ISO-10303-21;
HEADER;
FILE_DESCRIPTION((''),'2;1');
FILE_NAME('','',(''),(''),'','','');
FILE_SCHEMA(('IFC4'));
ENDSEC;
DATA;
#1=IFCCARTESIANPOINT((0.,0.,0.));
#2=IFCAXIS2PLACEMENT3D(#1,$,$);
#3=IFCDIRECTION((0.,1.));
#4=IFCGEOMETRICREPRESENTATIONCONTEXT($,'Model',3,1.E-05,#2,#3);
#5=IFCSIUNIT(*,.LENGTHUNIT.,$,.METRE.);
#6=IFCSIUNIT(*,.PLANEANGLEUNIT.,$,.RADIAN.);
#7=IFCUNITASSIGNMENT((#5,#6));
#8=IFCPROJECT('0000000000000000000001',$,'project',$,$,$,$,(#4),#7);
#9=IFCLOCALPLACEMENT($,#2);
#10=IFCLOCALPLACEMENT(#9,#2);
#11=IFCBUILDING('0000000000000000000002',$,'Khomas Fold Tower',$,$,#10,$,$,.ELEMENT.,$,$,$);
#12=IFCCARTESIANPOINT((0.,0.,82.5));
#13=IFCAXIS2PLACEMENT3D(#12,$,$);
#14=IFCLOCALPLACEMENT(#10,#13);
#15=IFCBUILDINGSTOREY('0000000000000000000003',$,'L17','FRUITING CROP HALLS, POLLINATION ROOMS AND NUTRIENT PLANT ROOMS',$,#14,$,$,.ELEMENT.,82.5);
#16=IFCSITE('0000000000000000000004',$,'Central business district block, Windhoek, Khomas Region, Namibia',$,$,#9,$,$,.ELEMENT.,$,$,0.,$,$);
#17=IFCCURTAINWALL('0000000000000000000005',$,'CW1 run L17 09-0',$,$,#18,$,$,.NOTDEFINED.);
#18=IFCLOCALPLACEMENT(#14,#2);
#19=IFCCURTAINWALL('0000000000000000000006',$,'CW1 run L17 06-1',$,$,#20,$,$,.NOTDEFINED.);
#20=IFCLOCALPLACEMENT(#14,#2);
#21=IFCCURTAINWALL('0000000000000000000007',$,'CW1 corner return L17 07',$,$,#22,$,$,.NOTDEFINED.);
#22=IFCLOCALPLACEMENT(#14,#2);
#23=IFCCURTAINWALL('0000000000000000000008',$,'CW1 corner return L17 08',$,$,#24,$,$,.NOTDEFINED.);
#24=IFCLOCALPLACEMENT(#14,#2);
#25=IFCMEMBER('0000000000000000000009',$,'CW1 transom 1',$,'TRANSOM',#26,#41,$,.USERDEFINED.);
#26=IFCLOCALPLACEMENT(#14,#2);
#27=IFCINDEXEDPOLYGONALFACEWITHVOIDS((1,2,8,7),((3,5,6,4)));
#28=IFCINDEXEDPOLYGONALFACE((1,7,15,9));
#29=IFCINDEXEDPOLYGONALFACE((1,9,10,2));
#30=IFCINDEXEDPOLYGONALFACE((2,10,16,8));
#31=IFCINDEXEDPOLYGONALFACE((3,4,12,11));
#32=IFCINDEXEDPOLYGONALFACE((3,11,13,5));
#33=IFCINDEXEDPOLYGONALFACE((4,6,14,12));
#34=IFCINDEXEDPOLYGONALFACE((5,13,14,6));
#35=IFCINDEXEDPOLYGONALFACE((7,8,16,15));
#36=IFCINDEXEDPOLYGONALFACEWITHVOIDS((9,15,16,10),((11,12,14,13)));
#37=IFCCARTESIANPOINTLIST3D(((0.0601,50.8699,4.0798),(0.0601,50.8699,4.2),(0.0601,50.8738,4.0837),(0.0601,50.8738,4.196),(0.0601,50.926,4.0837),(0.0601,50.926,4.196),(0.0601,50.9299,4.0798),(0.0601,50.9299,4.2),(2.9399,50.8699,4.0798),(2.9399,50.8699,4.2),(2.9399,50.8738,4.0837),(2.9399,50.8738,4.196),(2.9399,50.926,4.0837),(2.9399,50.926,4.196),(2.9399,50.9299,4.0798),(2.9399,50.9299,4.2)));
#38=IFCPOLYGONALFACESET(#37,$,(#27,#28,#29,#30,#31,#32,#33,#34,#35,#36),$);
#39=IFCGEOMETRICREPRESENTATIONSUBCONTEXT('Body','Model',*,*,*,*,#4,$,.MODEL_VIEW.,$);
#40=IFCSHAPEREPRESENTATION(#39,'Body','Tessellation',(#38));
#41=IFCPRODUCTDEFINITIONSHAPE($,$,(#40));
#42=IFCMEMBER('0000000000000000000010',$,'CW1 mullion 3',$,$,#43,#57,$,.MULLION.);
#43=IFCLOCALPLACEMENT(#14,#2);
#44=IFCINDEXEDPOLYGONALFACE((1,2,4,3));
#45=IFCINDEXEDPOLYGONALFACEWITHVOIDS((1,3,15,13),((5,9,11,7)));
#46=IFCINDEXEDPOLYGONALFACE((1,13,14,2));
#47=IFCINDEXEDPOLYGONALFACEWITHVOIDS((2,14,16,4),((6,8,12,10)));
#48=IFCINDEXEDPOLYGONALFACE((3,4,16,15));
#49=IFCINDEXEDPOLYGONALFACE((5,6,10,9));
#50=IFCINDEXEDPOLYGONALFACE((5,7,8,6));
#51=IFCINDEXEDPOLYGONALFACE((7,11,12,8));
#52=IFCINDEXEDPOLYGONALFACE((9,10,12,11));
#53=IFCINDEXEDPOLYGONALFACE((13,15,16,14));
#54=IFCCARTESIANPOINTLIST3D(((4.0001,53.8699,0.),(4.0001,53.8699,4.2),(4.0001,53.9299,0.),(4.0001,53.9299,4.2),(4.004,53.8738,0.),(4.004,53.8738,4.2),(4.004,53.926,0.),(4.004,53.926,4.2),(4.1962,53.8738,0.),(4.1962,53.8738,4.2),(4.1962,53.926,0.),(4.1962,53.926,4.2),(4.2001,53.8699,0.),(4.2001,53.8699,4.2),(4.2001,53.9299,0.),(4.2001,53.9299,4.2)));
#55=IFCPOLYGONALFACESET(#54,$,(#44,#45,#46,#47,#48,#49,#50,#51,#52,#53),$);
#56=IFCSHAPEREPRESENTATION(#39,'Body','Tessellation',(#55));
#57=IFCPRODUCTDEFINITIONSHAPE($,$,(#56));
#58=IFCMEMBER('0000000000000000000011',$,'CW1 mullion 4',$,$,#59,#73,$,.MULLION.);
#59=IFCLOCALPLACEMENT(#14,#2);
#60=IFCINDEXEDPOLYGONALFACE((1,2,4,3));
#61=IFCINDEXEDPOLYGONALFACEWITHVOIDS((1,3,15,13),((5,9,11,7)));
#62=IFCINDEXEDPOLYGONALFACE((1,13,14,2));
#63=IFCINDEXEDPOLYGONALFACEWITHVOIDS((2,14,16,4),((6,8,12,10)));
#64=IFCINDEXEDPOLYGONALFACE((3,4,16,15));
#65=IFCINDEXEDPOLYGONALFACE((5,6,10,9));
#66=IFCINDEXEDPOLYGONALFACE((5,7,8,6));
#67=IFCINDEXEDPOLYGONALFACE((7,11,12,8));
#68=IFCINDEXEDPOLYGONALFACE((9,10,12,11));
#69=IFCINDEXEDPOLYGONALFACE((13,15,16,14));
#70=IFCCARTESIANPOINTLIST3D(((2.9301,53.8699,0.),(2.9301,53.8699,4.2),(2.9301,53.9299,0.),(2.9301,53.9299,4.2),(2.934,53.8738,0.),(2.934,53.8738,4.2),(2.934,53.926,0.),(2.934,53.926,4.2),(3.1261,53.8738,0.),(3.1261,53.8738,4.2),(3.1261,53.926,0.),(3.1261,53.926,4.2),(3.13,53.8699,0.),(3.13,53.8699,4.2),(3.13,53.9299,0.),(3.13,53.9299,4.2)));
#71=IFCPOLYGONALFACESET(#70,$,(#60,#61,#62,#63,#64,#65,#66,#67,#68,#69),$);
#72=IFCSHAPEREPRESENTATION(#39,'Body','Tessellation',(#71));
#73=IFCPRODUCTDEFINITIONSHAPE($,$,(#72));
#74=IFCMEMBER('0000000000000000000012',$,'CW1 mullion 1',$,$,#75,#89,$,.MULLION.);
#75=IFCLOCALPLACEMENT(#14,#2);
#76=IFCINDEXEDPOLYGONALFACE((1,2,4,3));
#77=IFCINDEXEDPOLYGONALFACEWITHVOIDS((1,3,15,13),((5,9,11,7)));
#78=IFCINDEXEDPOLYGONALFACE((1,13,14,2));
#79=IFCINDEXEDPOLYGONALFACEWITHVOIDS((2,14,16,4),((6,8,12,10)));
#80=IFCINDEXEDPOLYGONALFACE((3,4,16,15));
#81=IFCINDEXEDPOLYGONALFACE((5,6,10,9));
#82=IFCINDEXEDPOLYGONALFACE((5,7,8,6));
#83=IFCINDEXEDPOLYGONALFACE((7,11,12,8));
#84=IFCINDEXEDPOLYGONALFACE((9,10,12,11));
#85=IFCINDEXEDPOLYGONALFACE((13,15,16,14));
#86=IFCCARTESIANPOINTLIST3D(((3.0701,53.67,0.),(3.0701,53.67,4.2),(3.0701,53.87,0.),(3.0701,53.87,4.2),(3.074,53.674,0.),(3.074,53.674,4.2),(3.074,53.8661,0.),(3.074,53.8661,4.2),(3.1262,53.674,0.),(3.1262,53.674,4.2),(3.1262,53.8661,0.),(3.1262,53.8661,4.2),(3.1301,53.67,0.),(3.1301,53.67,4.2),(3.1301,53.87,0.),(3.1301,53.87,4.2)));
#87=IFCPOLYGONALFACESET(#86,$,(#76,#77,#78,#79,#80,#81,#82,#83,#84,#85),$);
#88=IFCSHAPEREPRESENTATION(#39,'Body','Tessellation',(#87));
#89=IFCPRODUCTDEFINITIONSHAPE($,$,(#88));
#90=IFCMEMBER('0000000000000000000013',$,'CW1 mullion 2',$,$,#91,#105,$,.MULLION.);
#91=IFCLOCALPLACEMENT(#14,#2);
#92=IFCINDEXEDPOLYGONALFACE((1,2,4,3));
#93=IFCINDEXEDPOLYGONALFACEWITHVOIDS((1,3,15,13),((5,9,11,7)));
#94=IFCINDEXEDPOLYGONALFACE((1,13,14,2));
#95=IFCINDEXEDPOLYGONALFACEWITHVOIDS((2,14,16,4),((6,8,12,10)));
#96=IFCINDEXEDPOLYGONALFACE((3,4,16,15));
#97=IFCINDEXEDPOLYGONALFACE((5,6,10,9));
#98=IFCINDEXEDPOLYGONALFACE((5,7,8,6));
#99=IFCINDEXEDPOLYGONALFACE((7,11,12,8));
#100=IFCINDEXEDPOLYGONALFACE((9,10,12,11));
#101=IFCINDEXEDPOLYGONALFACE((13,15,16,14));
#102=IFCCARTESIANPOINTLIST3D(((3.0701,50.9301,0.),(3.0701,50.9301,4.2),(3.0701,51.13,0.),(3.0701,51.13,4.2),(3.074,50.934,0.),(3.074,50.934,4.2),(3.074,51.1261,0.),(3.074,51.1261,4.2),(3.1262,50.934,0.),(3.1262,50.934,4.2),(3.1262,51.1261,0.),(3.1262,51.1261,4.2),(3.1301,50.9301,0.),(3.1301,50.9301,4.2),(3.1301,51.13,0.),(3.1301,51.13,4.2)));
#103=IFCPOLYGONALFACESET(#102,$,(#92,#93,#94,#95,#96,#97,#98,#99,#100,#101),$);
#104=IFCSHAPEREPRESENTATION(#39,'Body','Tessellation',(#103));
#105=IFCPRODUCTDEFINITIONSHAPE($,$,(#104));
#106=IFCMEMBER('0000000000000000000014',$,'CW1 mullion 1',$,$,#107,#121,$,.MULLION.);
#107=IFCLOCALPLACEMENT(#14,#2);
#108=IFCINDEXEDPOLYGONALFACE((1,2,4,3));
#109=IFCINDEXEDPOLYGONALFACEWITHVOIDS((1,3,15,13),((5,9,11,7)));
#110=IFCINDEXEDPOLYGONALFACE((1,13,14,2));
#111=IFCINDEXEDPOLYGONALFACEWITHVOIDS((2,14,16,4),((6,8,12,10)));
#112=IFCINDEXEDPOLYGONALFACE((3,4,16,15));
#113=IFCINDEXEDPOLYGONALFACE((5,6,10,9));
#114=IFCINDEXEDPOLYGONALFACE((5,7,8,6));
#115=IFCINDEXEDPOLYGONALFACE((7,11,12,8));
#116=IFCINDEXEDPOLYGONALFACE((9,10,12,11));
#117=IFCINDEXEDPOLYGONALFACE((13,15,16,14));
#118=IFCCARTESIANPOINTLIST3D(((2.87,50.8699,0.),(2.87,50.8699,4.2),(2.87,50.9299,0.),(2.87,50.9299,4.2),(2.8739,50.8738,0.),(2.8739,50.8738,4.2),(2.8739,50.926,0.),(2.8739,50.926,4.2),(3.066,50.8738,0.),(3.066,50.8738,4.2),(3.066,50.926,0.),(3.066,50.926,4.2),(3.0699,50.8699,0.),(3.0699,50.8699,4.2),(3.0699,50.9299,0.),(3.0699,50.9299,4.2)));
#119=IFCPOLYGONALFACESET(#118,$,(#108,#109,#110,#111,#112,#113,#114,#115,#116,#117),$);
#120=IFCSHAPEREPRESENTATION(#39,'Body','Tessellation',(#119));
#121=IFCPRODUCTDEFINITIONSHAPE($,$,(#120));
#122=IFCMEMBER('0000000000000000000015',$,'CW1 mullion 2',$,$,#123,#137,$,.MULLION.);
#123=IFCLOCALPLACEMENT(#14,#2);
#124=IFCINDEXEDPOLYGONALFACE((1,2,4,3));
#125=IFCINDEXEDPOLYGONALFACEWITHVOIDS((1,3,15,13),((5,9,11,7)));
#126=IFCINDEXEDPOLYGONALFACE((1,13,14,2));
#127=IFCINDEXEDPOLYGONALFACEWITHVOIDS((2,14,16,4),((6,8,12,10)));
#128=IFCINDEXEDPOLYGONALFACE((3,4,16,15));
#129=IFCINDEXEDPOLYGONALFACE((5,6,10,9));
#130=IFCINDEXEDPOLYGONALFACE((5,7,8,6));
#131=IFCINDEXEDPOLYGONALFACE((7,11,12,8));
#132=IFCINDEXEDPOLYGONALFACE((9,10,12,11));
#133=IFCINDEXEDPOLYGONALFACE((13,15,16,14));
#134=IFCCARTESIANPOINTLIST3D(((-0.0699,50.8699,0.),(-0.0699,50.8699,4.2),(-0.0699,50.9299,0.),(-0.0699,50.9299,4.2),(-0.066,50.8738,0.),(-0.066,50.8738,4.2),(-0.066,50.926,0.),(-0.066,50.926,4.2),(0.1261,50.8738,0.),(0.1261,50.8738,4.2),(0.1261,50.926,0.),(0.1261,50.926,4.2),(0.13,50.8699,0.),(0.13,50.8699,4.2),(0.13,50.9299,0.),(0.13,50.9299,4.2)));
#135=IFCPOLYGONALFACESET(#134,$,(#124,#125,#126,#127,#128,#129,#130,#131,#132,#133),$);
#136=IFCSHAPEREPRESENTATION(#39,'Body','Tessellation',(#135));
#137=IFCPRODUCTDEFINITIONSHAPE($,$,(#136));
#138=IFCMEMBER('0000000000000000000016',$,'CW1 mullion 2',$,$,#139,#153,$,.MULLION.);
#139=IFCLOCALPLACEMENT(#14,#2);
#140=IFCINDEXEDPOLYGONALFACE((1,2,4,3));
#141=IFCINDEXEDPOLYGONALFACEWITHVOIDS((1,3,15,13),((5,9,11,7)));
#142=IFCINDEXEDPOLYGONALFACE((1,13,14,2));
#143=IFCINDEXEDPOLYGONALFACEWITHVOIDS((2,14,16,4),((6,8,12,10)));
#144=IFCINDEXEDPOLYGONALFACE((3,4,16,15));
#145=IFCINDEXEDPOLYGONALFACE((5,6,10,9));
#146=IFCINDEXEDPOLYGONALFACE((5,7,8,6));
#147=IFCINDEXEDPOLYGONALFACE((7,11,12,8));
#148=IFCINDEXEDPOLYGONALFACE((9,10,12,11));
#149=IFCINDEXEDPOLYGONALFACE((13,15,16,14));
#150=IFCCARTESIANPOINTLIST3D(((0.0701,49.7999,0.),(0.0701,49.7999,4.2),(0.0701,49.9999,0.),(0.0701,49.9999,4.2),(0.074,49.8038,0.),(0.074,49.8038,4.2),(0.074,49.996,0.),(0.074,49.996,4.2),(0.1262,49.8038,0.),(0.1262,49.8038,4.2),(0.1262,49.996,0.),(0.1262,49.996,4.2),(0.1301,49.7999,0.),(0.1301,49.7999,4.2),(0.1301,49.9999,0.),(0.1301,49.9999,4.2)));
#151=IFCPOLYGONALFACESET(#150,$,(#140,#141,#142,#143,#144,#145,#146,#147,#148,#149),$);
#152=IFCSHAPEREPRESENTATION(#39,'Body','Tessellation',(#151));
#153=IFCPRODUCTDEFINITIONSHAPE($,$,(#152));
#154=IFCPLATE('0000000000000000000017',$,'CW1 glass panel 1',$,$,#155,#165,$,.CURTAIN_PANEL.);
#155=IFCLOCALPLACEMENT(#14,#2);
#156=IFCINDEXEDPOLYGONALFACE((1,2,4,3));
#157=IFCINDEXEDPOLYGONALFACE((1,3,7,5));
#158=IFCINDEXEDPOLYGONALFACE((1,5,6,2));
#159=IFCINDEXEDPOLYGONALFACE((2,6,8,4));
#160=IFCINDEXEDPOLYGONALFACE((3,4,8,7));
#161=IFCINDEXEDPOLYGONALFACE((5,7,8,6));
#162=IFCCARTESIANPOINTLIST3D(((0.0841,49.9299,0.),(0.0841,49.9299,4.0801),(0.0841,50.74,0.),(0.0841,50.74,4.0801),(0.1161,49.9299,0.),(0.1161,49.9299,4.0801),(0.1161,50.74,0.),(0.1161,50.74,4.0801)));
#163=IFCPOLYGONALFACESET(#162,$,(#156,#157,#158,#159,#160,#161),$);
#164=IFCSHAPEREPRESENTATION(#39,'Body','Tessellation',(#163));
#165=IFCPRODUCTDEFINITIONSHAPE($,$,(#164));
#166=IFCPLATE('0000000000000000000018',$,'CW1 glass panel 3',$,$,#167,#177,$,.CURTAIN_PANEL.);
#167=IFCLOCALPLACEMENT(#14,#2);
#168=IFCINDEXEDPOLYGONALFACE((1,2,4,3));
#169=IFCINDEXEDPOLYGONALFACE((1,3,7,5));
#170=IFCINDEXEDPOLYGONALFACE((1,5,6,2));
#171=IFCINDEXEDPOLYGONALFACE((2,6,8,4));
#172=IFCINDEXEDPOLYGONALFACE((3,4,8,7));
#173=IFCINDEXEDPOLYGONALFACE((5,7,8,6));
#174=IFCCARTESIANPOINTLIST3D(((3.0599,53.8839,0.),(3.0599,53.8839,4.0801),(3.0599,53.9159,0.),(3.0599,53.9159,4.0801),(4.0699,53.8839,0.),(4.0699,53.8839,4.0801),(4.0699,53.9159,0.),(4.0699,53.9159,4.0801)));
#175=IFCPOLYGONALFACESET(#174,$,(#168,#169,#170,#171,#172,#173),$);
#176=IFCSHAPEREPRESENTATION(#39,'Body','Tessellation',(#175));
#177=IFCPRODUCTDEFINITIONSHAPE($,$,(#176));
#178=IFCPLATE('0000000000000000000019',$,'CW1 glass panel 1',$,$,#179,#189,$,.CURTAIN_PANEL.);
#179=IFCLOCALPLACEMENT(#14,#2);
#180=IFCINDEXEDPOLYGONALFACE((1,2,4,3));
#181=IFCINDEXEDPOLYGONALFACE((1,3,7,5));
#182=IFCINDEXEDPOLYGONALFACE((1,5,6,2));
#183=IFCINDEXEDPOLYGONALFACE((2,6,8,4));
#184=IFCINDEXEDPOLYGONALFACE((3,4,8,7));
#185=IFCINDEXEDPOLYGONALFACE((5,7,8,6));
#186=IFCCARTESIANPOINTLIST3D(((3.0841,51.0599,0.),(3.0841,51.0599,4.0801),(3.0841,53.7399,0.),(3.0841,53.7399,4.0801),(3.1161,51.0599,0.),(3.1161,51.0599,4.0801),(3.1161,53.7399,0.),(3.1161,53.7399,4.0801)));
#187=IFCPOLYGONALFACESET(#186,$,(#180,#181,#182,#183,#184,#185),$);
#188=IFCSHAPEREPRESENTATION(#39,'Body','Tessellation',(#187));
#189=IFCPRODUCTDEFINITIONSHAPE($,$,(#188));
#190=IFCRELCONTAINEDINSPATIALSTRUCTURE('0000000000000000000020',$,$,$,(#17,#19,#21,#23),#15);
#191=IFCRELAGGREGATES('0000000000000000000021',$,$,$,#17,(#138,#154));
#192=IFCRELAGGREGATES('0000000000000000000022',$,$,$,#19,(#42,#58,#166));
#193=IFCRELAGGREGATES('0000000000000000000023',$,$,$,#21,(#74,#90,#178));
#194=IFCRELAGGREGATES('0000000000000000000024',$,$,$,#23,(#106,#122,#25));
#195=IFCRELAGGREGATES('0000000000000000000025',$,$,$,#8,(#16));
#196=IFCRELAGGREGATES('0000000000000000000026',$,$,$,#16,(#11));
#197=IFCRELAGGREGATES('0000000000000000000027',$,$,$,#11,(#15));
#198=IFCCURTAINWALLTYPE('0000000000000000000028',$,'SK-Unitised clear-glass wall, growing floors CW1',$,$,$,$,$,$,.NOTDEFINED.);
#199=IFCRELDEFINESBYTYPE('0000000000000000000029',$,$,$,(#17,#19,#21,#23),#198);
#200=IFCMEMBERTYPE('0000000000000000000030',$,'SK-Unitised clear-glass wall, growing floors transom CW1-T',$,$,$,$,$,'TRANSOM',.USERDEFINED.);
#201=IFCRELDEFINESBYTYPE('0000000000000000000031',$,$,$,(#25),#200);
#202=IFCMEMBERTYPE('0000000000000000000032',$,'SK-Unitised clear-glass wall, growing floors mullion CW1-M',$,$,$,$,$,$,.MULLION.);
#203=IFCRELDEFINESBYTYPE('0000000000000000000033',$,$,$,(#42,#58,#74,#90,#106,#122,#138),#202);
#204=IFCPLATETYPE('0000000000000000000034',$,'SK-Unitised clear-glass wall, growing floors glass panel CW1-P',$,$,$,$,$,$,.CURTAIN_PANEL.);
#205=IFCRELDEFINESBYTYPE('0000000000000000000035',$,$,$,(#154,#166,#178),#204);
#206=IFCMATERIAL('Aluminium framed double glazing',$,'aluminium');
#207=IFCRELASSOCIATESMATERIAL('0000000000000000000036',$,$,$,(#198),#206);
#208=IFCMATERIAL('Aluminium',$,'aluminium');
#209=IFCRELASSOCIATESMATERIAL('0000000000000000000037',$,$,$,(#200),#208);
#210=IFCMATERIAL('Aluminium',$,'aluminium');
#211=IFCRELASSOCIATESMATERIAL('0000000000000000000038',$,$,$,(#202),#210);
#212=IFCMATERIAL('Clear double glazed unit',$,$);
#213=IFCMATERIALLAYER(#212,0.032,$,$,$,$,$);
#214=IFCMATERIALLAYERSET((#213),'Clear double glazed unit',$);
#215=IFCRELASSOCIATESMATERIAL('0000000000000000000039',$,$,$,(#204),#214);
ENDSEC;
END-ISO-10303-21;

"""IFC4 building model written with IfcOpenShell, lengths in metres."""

from ifc_helpers import new_model, si_unit, direction, frame, origin, origin_2d, place, context, subcontext, project, spatial, rectangle, hollow_rectangle, extrude, source, transform, mapped, material, layer, layer_set, material_profile, profile_set, type_object, element, aggregate, save


model = new_model("IFC4")

# Units and contexts
model_context = context("Model", 3, precision=1e-05, world=origin(), true_north=direction((0.0, 1.0)))
body_context = subcontext(model_context, "Body", "Model", "MODEL_VIEW")
ifc_project = project(units=[si_unit("LENGTHUNIT", "METRE"), si_unit("PLANEANGLEUNIT", "RADIAN")], contexts=[model_context])

# Site, building, storey
site_placement = place(None, origin())
site = spatial("IfcSite", under=ifc_project, at=site_placement, Name="Central business district block, Windhoek, Khomas Region, Namibia", CompositionType="ELEMENT", RefElevation=0.0)
building_placement = place(site_placement, origin())
building = spatial("IfcBuilding", under=site, at=building_placement, Name="Khomas Fold Tower", CompositionType="ELEMENT")
storey_placement = place(building_placement, frame((0.0, 0.0, 82.5)))
storey = spatial("IfcBuildingStorey", under=building, at=storey_placement, Name="L17", Description="FRUITING CROP HALLS, POLLINATION ROOMS AND NUTRIENT PLANT ROOMS", CompositionType="ELEMENT", Elevation=82.5)

# Curtain wall
ifc_material_1 = material(Name="Aluminium framed double glazing", Category="aluminium")
curtain_wall_type = type_object("IfcCurtainWallType", Name="SK-Unitised clear-glass wall, growing floors CW1", PredefinedType="NOTDEFINED", material=ifc_material_1)
curtain_wall_1_placement = place(storey_placement, origin())
curtain_wall_1 = element("IfcCurtainWall", 1, at=curtain_wall_1_placement, inside=storey, type_object=curtain_wall_type, Name="CW1 run L17 09-0", PredefinedType="NOTDEFINED")
ifc_material_2 = material(Name="Aluminium", Category="aluminium")
ifc_material_profile_1 = material_profile(ifc_material_2, hollow_rectangle(XDim=0.0601, YDim=0.1201, WallThickness=0.0039, at=origin_2d()), Name="SK-Unitised clear-glass wall, growing floors transom CW1-T")
ifc_profile_set_1 = profile_set([ifc_material_profile_1], Name="Aluminium")
member_type_1 = type_object("IfcMemberType", Name="SK-Unitised clear-glass wall, growing floors transom CW1-T", ElementType="TRANSOM", PredefinedType="USERDEFINED", material=ifc_profile_set_1)

# Curtain walls, member
curtain_wall_2_placement = place(storey_placement, origin())
curtain_wall_2 = element("IfcCurtainWall", 2, at=curtain_wall_2_placement, inside=storey, type_object=curtain_wall_type, Name="CW1 run L17 06-1", PredefinedType="NOTDEFINED")
curtain_wall_3_placement = place(storey_placement, origin())
curtain_wall_3 = element("IfcCurtainWall", 3, at=curtain_wall_3_placement, inside=storey, type_object=curtain_wall_type, Name="CW1 corner return L17 07", PredefinedType="NOTDEFINED")
curtain_wall_4_placement = place(storey_placement, origin())
curtain_wall_4 = element("IfcCurtainWall", 4, at=curtain_wall_4_placement, inside=storey, type_object=curtain_wall_type, Name="CW1 corner return L17 08", PredefinedType="NOTDEFINED")
shared_shape_1 = source(origin(), body_context, "Body", "SweptSolid", [
    extrude(hollow_rectangle(XDim=0.0601, YDim=0.1201, WallThickness=0.0039, at=origin_2d()), origin(), (0.0, 0.0, 1.0), 2.8799),
])
member_1_placement = place(storey_placement, frame((2.9399, 50.8999, 4.1399), z_axis=(-1.0, 0.0, 0.0), x_axis=(0.0, -1.0, 0.0)))
member_1 = element("IfcMember", 5, at=member_1_placement, type_object=member_type_1, Name="CW1 transom 1", ObjectType="TRANSOM", PredefinedType="USERDEFINED", context=body_context, shape_type="MappedRepresentation", body=[
    mapped(shared_shape_1, transform((0.0, 0.0, 0.0))),
])

# Members
ifc_material_3 = material(Name="Aluminium", Category="aluminium")
ifc_material_profile_2 = material_profile(ifc_material_3, hollow_rectangle(XDim=0.0601, YDim=0.2, WallThickness=0.0039, at=origin_2d()), Name="SK-Unitised clear-glass wall, growing floors mullion CW1-M")
ifc_profile_set_2 = profile_set([ifc_material_profile_2], Name="Aluminium")
member_type_2 = type_object("IfcMemberType", Name="SK-Unitised clear-glass wall, growing floors mullion CW1-M", PredefinedType="MULLION", material=ifc_profile_set_2)
shared_shape_2 = source(origin(), body_context, "Body", "SweptSolid", [
    extrude(hollow_rectangle(XDim=0.0601, YDim=0.2, WallThickness=0.0039, at=origin_2d()), origin(), (0.0, 0.0, 1.0), 4.2),
])
member_2_placement = place(storey_placement, frame((4.1001, 53.8999, 0.0), z_axis=(0.0, 0.0, 1.0), x_axis=(0.0, -1.0, 0.0)))
member_2 = element("IfcMember", 6, at=member_2_placement, type_object=member_type_2, Name="CW1 mullion 3", PredefinedType="MULLION", context=body_context, shape_type="MappedRepresentation", body=[
    mapped(shared_shape_2, transform((0.0, 0.0, 0.0))),
])
member_3_placement = place(storey_placement, frame((3.03, 53.8999, 0.0), z_axis=(0.0, 0.0, 1.0), x_axis=(0.0, -1.0, 0.0)))
member_3 = element("IfcMember", 7, at=member_3_placement, type_object=member_type_2, Name="CW1 mullion 4", PredefinedType="MULLION", context=body_context, shape_type="MappedRepresentation", body=[
    mapped(shared_shape_2, transform((0.0, 0.0, 0.0))),
])
member_4_placement = place(storey_placement, frame((3.1001, 53.77, 0.0), z_axis=(0.0, 0.0, 1.0), x_axis=(1.0, 0.0, 0.0)))
member_4 = element("IfcMember", 8, at=member_4_placement, type_object=member_type_2, Name="CW1 mullion 1", PredefinedType="MULLION", context=body_context, shape_type="MappedRepresentation", body=[
    mapped(shared_shape_2, transform((0.0, 0.0, 0.0))),
])
member_5_placement = place(storey_placement, frame((3.1001, 51.03, 0.0), z_axis=(0.0, 0.0, 1.0), x_axis=(1.0, 0.0, 0.0)))
member_5 = element("IfcMember", 9, at=member_5_placement, type_object=member_type_2, Name="CW1 mullion 2", PredefinedType="MULLION", context=body_context, shape_type="MappedRepresentation", body=[
    mapped(shared_shape_2, transform((0.0, 0.0, 0.0))),
])
member_6_placement = place(storey_placement, frame((2.97, 50.8999, 0.0), z_axis=(0.0, 0.0, 1.0), x_axis=(0.0, -1.0, 0.0)))
member_6 = element("IfcMember", 10, at=member_6_placement, type_object=member_type_2, Name="CW1 mullion 1", PredefinedType="MULLION", context=body_context, shape_type="MappedRepresentation", body=[
    mapped(shared_shape_2, transform((0.0, 0.0, 0.0))),
])
member_7_placement = place(storey_placement, frame((0.03, 50.8999, 0.0), z_axis=(0.0, 0.0, 1.0), x_axis=(0.0, -1.0, 0.0)))
member_7 = element("IfcMember", 11, at=member_7_placement, type_object=member_type_2, Name="CW1 mullion 2", PredefinedType="MULLION", context=body_context, shape_type="MappedRepresentation", body=[
    mapped(shared_shape_2, transform((0.0, 0.0, 0.0))),
])
member_8_placement = place(storey_placement, frame((0.1001, 49.8999, 0.0), z_axis=(0.0, 0.0, 1.0), x_axis=(1.0, 0.0, 0.0)))
member_8 = element("IfcMember", 12, at=member_8_placement, type_object=member_type_2, Name="CW1 mullion 2", PredefinedType="MULLION", context=body_context, shape_type="MappedRepresentation", body=[
    mapped(shared_shape_2, transform((0.0, 0.0, 0.0))),
])

# Plates
ifc_material_4 = material(Name="Clear double glazed unit")
ifc_layer_1 = layer(ifc_material_4, 0.032)
ifc_layer_set_1 = layer_set([ifc_layer_1], Name="Clear double glazed unit")
plate_type = type_object("IfcPlateType", Name="SK-Unitised clear-glass wall, growing floors glass panel CW1-P", PredefinedType="CURTAIN_PANEL", material=ifc_layer_set_1)
shared_shape_3 = source(origin(), body_context, "Body", "SweptSolid", [
    extrude(rectangle(XDim=0.8101, YDim=0.032, at=origin_2d()), origin(), (0.0, 0.0, 1.0), 4.0801),
])
plate_1_placement = place(storey_placement, frame((0.1001, 50.335, 0.0), z_axis=(0.0, 0.0, 1.0), x_axis=(0.0, -1.0, 0.0)))
plate_1 = element("IfcPlate", 13, at=plate_1_placement, type_object=plate_type, Name="CW1 glass panel 1", PredefinedType="CURTAIN_PANEL", context=body_context, shape_type="MappedRepresentation", body=[
    mapped(shared_shape_3, transform((0.0, 0.0, 0.0))),
])
aggregate(curtain_wall_1, [member_8, plate_1])
shared_shape_4 = source(origin(), body_context, "Body", "SweptSolid", [
    extrude(rectangle(XDim=1.01, YDim=0.032, at=origin_2d()), origin(), (0.0, 0.0, 1.0), 4.0801),
])
plate_2_placement = place(storey_placement, frame((3.5649, 53.8999, 0.0), z_axis=(0.0, 0.0, 1.0), x_axis=(-1.0, 0.0, 0.0)))
plate_2 = element("IfcPlate", 14, at=plate_2_placement, type_object=plate_type, Name="CW1 glass panel 3", PredefinedType="CURTAIN_PANEL", context=body_context, shape_type="MappedRepresentation", body=[
    mapped(shared_shape_4, transform((0.0, 0.0, 0.0))),
])
aggregate(curtain_wall_2, [member_2, member_3, plate_2])
shared_shape_5 = source(origin(), body_context, "Body", "SweptSolid", [
    extrude(rectangle(XDim=2.6799, YDim=0.032, at=origin_2d()), origin(), (0.0, 0.0, 1.0), 4.0801),
])
plate_3_placement = place(storey_placement, frame((3.1001, 52.3999, 0.0), z_axis=(0.0, 0.0, 1.0), x_axis=(0.0, -1.0, 0.0)))
plate_3 = element("IfcPlate", 15, at=plate_3_placement, type_object=plate_type, Name="CW1 glass panel 1", PredefinedType="CURTAIN_PANEL", context=body_context, shape_type="MappedRepresentation", body=[
    mapped(shared_shape_5, transform((0.0, 0.0, 0.0))),
])
aggregate(curtain_wall_3, [member_4, member_5, plate_3])
aggregate(curtain_wall_4, [member_6, member_7, member_1])

save(model, "model.ifc")
